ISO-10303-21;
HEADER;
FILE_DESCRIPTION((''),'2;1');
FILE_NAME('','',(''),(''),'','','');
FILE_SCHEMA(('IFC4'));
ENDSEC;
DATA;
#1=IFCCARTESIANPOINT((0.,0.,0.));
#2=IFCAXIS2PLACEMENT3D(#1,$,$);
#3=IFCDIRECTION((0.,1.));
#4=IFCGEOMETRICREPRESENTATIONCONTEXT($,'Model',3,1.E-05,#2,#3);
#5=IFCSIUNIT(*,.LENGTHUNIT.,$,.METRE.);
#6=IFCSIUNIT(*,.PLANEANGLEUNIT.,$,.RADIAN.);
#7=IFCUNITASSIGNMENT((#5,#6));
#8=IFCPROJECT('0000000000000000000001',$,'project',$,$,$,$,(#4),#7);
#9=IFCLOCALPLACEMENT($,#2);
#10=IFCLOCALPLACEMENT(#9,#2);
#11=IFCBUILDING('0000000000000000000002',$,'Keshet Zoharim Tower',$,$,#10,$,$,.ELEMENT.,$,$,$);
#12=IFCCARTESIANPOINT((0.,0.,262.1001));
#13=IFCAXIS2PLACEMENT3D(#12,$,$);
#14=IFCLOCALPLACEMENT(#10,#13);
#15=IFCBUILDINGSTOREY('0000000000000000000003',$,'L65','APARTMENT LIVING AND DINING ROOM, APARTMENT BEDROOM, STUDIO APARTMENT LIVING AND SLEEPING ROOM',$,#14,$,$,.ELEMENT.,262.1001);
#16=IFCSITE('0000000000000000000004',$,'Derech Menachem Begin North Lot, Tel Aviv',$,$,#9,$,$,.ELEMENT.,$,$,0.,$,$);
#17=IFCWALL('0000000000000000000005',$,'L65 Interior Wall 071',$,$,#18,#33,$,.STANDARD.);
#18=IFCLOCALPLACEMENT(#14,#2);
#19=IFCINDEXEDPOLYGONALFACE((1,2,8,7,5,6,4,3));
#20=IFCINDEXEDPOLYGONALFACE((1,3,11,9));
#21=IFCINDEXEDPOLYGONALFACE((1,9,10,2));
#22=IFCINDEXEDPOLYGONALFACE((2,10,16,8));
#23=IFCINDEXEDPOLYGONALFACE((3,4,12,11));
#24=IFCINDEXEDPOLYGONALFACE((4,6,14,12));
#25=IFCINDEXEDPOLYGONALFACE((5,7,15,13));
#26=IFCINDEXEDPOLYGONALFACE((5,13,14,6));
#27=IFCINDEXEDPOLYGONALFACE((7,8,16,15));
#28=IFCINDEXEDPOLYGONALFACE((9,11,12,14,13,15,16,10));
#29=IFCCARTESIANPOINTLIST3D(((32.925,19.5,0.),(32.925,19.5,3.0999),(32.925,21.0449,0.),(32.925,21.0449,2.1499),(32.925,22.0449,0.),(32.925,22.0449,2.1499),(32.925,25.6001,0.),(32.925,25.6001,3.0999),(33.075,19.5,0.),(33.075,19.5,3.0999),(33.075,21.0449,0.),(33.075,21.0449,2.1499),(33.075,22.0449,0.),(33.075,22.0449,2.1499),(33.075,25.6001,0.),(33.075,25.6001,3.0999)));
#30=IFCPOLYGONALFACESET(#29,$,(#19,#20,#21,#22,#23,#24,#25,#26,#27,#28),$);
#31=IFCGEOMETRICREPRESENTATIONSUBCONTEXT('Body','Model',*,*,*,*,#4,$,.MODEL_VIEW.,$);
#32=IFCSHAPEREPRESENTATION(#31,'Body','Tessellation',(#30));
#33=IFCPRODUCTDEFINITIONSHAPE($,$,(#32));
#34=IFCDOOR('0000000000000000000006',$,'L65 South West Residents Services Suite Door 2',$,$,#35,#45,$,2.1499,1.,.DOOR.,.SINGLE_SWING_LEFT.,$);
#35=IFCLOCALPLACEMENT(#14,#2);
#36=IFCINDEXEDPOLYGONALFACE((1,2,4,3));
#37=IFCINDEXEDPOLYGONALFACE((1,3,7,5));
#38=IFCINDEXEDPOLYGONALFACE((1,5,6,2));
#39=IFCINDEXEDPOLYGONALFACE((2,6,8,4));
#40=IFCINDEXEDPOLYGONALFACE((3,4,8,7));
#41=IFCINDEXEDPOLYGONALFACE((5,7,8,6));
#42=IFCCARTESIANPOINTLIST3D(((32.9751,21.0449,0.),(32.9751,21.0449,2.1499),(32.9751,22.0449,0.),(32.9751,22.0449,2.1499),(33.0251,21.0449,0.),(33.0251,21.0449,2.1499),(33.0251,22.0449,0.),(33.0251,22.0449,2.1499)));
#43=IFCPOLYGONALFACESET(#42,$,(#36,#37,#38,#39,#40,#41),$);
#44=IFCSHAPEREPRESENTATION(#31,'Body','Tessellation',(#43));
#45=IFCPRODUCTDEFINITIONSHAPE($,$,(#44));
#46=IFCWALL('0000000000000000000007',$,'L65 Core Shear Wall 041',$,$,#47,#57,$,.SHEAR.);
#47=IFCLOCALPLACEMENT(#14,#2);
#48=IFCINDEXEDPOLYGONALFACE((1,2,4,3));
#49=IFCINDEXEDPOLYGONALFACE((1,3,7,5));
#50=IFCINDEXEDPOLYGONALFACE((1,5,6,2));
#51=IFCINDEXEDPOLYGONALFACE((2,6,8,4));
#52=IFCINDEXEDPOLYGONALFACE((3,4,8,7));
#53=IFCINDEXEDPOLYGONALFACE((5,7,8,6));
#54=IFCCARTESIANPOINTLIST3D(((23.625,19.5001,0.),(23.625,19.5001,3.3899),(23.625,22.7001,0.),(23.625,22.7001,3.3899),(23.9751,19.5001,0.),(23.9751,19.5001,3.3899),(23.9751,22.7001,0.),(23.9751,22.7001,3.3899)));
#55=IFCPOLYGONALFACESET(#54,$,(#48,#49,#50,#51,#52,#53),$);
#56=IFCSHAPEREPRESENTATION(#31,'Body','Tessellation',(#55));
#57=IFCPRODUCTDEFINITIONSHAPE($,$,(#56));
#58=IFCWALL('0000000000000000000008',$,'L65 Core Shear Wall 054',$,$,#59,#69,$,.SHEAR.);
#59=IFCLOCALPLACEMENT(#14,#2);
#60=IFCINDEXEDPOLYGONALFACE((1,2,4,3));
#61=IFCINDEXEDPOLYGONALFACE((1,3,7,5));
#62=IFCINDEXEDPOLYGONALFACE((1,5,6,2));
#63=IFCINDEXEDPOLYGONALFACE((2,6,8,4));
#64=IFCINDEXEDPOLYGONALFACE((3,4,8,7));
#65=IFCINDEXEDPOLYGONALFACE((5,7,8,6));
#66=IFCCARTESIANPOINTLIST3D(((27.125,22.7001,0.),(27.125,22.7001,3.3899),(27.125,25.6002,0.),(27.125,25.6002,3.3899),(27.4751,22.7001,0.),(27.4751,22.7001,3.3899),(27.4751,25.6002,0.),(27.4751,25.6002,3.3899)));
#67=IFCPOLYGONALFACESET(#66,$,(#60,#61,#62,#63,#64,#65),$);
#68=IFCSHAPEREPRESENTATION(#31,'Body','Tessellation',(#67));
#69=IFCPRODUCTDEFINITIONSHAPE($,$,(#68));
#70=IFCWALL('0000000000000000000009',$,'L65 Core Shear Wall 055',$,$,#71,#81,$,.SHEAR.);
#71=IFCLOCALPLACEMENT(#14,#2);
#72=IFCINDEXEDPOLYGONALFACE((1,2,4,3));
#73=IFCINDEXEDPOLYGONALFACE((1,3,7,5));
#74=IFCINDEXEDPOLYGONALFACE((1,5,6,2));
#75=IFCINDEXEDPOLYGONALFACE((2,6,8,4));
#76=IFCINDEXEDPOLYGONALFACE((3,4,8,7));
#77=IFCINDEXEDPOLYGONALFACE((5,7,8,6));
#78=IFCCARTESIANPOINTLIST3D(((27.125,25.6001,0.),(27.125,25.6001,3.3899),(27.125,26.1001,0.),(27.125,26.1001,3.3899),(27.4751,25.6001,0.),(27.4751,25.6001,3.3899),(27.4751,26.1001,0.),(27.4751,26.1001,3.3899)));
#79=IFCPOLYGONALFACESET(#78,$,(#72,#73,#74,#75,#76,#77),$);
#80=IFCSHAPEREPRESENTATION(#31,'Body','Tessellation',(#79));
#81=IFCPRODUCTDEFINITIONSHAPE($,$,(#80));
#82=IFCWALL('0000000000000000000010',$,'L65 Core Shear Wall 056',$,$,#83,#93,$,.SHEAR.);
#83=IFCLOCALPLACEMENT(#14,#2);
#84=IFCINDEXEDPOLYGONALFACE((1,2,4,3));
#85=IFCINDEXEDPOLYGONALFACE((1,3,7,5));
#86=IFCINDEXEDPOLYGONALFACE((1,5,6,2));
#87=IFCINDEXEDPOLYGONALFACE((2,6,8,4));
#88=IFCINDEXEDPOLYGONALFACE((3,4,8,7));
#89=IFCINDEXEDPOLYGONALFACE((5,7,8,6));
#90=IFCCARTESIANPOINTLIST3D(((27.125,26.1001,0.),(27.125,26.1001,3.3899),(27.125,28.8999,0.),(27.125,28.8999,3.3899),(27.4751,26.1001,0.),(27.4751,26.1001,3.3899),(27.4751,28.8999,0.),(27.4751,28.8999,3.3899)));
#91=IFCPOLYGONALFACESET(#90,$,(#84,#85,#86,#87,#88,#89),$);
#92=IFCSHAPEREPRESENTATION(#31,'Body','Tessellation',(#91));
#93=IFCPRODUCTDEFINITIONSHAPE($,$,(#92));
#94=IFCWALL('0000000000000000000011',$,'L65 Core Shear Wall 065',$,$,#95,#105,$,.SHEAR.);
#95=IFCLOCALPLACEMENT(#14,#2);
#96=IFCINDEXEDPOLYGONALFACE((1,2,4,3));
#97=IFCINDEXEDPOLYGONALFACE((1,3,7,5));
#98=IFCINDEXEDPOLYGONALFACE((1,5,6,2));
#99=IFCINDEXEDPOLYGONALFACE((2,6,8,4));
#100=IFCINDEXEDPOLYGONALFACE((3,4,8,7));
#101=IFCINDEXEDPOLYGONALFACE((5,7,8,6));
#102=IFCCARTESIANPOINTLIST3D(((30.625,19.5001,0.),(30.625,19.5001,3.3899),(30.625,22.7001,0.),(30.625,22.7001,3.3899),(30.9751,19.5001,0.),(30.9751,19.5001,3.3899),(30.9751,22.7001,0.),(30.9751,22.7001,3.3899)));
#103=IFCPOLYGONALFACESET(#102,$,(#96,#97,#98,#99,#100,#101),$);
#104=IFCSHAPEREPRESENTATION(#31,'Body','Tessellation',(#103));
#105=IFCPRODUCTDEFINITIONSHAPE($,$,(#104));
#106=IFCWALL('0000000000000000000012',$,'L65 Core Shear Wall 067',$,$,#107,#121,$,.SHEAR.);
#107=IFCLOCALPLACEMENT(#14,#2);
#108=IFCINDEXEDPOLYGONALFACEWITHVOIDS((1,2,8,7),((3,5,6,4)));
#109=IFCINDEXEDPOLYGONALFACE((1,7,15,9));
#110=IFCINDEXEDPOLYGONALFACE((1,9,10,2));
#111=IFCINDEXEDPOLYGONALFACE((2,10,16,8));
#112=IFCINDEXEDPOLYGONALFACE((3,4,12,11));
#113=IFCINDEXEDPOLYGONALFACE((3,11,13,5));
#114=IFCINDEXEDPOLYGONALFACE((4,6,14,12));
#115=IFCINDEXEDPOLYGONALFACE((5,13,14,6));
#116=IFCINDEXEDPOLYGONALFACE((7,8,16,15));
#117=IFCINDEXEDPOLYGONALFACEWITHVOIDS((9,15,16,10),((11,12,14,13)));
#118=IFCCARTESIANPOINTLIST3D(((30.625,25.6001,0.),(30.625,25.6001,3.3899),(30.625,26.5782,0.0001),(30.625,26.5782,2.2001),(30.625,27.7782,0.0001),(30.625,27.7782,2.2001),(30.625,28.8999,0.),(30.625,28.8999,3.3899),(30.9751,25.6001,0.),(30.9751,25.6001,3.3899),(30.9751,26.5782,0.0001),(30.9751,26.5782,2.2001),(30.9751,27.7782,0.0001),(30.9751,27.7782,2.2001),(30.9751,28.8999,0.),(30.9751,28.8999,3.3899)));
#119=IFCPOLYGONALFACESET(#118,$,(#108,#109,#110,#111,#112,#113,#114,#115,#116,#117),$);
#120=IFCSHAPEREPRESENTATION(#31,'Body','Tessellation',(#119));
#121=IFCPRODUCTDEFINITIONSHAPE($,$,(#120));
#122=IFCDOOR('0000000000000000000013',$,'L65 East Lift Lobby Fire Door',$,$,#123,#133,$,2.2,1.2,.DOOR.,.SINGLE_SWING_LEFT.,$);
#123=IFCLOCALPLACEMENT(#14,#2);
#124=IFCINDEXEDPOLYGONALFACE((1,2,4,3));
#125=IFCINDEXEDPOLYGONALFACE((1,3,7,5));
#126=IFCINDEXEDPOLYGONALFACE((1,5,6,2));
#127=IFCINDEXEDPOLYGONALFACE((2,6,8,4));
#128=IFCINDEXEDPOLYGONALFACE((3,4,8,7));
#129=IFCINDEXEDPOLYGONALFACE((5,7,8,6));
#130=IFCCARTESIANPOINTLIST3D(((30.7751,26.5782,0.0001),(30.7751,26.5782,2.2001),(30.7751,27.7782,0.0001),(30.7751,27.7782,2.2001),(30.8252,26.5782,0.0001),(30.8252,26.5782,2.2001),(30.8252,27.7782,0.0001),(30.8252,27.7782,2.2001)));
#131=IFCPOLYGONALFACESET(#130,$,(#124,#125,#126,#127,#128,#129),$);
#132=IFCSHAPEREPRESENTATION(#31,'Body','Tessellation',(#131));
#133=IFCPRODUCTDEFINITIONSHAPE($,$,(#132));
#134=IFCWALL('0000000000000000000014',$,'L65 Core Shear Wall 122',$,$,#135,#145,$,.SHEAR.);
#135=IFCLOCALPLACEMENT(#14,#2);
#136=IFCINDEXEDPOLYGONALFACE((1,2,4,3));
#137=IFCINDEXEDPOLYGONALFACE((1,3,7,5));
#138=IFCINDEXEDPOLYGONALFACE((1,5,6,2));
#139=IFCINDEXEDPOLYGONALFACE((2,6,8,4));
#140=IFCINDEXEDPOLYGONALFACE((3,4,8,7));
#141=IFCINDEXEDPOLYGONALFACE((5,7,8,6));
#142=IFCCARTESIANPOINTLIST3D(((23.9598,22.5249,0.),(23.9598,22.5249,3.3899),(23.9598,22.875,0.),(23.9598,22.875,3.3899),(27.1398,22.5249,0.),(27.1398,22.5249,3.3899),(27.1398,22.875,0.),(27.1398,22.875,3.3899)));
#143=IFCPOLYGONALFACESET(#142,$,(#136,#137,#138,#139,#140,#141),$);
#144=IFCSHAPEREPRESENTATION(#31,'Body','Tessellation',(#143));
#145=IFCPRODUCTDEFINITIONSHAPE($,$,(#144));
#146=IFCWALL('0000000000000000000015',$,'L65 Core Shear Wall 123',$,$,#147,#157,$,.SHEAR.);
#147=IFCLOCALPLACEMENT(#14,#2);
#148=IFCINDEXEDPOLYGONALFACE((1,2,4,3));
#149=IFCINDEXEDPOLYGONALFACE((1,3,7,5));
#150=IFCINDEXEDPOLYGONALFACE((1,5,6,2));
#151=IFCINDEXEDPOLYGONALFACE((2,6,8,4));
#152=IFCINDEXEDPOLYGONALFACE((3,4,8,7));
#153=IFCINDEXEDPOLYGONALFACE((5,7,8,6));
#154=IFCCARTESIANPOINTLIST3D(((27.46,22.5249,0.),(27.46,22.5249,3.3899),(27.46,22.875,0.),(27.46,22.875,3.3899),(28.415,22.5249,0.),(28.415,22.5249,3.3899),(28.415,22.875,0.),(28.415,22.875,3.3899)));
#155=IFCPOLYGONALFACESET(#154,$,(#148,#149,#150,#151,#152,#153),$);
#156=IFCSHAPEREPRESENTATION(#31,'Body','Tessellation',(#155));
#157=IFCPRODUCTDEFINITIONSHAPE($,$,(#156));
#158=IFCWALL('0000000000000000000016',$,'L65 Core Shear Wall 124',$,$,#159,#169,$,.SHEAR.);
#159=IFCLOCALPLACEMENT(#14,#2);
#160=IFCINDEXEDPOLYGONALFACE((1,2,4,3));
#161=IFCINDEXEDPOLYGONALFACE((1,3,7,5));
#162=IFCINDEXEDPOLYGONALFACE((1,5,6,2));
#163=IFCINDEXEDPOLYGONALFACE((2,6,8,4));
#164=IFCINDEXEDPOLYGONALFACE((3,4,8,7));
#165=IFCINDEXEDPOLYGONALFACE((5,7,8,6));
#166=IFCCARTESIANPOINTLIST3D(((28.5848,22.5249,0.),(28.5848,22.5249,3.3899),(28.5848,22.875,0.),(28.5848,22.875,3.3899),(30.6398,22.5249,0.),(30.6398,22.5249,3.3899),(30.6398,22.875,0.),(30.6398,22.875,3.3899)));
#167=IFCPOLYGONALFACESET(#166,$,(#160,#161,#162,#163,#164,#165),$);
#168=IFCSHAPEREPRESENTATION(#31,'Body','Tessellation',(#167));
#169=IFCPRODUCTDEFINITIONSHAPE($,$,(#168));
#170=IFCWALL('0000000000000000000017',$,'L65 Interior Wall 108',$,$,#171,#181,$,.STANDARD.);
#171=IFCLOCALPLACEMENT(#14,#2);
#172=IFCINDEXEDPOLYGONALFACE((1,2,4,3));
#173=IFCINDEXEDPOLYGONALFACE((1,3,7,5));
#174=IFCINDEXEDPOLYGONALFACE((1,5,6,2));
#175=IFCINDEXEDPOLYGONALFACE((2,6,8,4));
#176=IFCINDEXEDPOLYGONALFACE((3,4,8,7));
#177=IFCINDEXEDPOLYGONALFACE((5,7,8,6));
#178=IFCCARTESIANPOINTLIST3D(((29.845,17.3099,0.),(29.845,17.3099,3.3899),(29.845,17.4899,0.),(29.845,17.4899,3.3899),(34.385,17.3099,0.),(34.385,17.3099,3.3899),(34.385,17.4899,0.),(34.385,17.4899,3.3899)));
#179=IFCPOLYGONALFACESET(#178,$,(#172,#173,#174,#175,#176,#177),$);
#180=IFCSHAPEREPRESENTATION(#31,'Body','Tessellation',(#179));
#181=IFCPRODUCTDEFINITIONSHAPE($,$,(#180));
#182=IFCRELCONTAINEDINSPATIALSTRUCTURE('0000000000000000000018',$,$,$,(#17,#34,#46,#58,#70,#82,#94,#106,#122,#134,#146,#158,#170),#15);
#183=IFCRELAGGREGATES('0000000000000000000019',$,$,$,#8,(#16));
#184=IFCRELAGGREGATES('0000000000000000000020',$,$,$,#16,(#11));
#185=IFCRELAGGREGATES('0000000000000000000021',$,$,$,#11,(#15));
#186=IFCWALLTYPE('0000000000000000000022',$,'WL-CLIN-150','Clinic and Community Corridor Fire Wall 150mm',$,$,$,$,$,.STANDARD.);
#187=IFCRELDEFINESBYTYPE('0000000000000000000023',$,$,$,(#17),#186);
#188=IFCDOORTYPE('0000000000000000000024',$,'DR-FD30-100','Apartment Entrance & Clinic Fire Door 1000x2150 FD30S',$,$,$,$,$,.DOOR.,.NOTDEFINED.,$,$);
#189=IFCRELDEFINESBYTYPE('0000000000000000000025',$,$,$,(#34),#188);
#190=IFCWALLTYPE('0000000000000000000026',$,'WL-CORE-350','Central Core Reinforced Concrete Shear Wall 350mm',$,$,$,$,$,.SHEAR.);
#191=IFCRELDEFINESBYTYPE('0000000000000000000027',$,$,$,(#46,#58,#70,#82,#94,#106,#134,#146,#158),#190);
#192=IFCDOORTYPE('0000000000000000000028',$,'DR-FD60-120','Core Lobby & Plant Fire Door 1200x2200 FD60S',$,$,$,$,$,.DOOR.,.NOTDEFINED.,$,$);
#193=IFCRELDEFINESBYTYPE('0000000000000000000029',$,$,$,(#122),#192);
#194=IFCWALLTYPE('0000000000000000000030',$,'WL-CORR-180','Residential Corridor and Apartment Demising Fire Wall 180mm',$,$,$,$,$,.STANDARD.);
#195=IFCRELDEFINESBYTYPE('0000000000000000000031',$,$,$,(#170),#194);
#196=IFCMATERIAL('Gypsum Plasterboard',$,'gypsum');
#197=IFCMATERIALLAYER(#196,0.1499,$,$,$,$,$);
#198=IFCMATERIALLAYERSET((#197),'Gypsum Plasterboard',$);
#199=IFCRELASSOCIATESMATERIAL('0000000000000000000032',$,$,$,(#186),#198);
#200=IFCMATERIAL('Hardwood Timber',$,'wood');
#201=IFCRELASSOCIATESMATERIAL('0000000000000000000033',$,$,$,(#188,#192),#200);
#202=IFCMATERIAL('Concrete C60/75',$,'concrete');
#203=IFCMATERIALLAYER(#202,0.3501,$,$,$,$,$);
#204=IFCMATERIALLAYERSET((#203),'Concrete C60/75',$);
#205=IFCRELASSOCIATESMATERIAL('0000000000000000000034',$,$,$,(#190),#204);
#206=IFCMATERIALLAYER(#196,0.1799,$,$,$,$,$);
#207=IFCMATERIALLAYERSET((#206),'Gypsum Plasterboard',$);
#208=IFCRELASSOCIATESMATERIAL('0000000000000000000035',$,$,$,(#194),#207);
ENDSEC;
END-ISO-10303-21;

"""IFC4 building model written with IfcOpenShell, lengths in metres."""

from ifc_helpers import new_model, si_unit, direction, frame, frame_2d, origin, place, context, subcontext, project, spatial, rectangle, extrude, material, layer, layer_set, type_object, element, fill, save


model = new_model("IFC4")

# Units and contexts
model_context = context("Model", 3, precision=1e-05, world=origin(), true_north=direction((0.0, 1.0)))
body_context = subcontext(model_context, "Body", "Model", "MODEL_VIEW")
ifc_project = project(units=[si_unit("LENGTHUNIT", "METRE"), si_unit("PLANEANGLEUNIT", "RADIAN")], contexts=[model_context])

# Site, building, storey
site_placement = place(None, origin())
site = spatial("IfcSite", under=ifc_project, at=site_placement, Name="Derech Menachem Begin North Lot, Tel Aviv", CompositionType="ELEMENT", RefElevation=0.0)
building_placement = place(site_placement, origin())
building = spatial("IfcBuilding", under=site, at=building_placement, Name="Keshet Zoharim Tower", CompositionType="ELEMENT")
storey_placement = place(building_placement, frame((0.0, 0.0, 262.1001)))
storey = spatial("IfcBuildingStorey", under=building, at=storey_placement, Name="L65", Description="APARTMENT LIVING AND DINING ROOM, APARTMENT BEDROOM, STUDIO APARTMENT LIVING AND SLEEPING ROOM", CompositionType="ELEMENT", Elevation=262.1001)

# Shared definitions
ifc_material_1 = material(Name="Gypsum Plasterboard", Category="gypsum")
ifc_layer_1 = layer(ifc_material_1, 0.1499)
ifc_layer_set_1 = layer_set([ifc_layer_1], Name="Gypsum Plasterboard")
wall_type_1 = type_object("IfcWallType", Name="WL-CLIN-150", Description="Clinic and Community Corridor Fire Wall 150mm", PredefinedType="STANDARD", material=ifc_layer_set_1)

# Wall, opening, door
wall_1_placement = place(storey_placement, frame((33.0, 19.5, 0.0), z_axis=(0.0, 0.0, 1.0), x_axis=(0.0, 1.0, 0.0)))
wall_1 = element("IfcWall", 1, at=wall_1_placement, inside=storey, type_object=wall_type_1, Name="L65 Interior Wall 071", PredefinedType="STANDARD", context=body_context, shape_type="SweptSolid", body=[
    extrude(rectangle(XDim=6.1001, YDim=0.1499, at=frame_2d((3.05, 0.0))), origin(), (0.0, 0.0, 1.0), 3.0999),
])
opening_1_placement = place(wall_1_placement, frame((1.5449, 0.0, 0.0)))
opening_1 = element("IfcOpeningElement", 2, at=opening_1_placement, cuts=wall_1, PredefinedType="OPENING", context=body_context, shape_type="SweptSolid", body=[
    extrude(rectangle(XDim=1.0, YDim=2.1499, at=frame_2d((0.5, 1.075))), frame((0.0, 0.085, 0.0), z_axis=(0.0, -1.0, 0.0), x_axis=(1.0, 0.0, 0.0)), (0.0, 0.0, 1.0), 0.1699),
])
ifc_material_2 = material(Name="Hardwood Timber", Category="wood")
door_type_1 = type_object("IfcDoorType", Name="DR-FD30-100", Description="Apartment Entrance & Clinic Fire Door 1000x2150 FD30S", OperationType="NOTDEFINED", PredefinedType="DOOR", material=ifc_material_2)
door_1_placement = place(opening_1_placement, origin())
door_1 = element("IfcDoor", 3, at=door_1_placement, inside=storey, type_object=door_type_1, Name="L65 South West Residents Services Suite Door 2", OperationType="SINGLE_SWING_LEFT", OverallHeight=2.1499, OverallWidth=1.0, PredefinedType="DOOR", context=body_context, shape_type="SweptSolid", body=[
    extrude(rectangle(XDim=1.0, YDim=2.1499, at=frame_2d((0.5, 1.075))), frame((0.0, 0.0249, 0.0), z_axis=(0.0, -1.0, 0.0), x_axis=(1.0, 0.0, 0.0)), (0.0, 0.0, 1.0), 0.05),
])
fill(opening_1, door_1)

# Wall
ifc_material_3 = material(Name="Concrete C60/75", Category="concrete")
ifc_layer_2 = layer(ifc_material_3, 0.3501)
ifc_layer_set_2 = layer_set([ifc_layer_2], Name="Concrete C60/75")
wall_type_2 = type_object("IfcWallType", Name="WL-CORE-350", Description="Central Core Reinforced Concrete Shear Wall 350mm", PredefinedType="SHEAR", material=ifc_layer_set_2)
wall_2_placement = place(storey_placement, frame((23.8, 19.5, 0.0), z_axis=(0.0, 0.0, 1.0), x_axis=(0.0, 1.0, 0.0)))
element("IfcWall", 4, at=wall_2_placement, inside=storey, type_object=wall_type_2, Name="L65 Core Shear Wall 041", PredefinedType="SHEAR", context=body_context, shape_type="SweptSolid", body=[
    extrude(rectangle(XDim=3.2, YDim=0.3501, at=frame_2d((1.6001, 0.0))), origin(), (0.0, 0.0, 1.0), 3.3899),
])

# Walls
wall_3_placement = place(storey_placement, frame((27.3, 22.7, 0.0), z_axis=(0.0, 0.0, 1.0), x_axis=(0.0, 1.0, 0.0)))
element("IfcWall", 5, at=wall_3_placement, inside=storey, type_object=wall_type_2, Name="L65 Core Shear Wall 054", PredefinedType="SHEAR", context=body_context, shape_type="SweptSolid", body=[
    extrude(rectangle(XDim=2.9001, YDim=0.3501, at=frame_2d((1.4502, 0.0))), origin(), (0.0, 0.0, 1.0), 3.3899),
])
wall_4_placement = place(storey_placement, frame((27.3, 25.6001, 0.0), z_axis=(0.0, 0.0, 1.0), x_axis=(0.0, 1.0, 0.0)))
element("IfcWall", 6, at=wall_4_placement, inside=storey, type_object=wall_type_2, Name="L65 Core Shear Wall 055", PredefinedType="SHEAR", context=body_context, shape_type="SweptSolid", body=[
    extrude(rectangle(XDim=0.5, YDim=0.3501, at=frame_2d((0.25, 0.0))), origin(), (0.0, 0.0, 1.0), 3.3899),
])
wall_5_placement = place(storey_placement, frame((27.3, 26.1001, 0.0), z_axis=(0.0, 0.0, 1.0), x_axis=(0.0, 1.0, 0.0)))
element("IfcWall", 7, at=wall_5_placement, inside=storey, type_object=wall_type_2, Name="L65 Core Shear Wall 056", PredefinedType="SHEAR", context=body_context, shape_type="SweptSolid", body=[
    extrude(rectangle(XDim=2.7998, YDim=0.3501, at=frame_2d((1.3999, 0.0))), origin(), (0.0, 0.0, 1.0), 3.3899),
])
wall_6_placement = place(storey_placement, frame((30.8, 19.5, 0.0), z_axis=(0.0, 0.0, 1.0), x_axis=(0.0, 1.0, 0.0)))
element("IfcWall", 8, at=wall_6_placement, inside=storey, type_object=wall_type_2, Name="L65 Core Shear Wall 065", PredefinedType="SHEAR", context=body_context, shape_type="SweptSolid", body=[
    extrude(rectangle(XDim=3.2, YDim=0.3501, at=frame_2d((1.6001, 0.0))), origin(), (0.0, 0.0, 1.0), 3.3899),
])

# Wall, opening, door
wall_7_placement = place(storey_placement, frame((30.8, 25.6001, 0.0), z_axis=(0.0, 0.0, 1.0), x_axis=(0.0, 1.0, 0.0)))
wall_7 = element("IfcWall", 9, at=wall_7_placement, inside=storey, type_object=wall_type_2, Name="L65 Core Shear Wall 067", PredefinedType="SHEAR", context=body_context, shape_type="SweptSolid", body=[
    extrude(rectangle(XDim=3.2998, YDim=0.3501, at=frame_2d((1.6499, 0.0))), origin(), (0.0, 0.0, 1.0), 3.3899),
])
opening_2_placement = place(wall_7_placement, frame((0.978, 0.0, 0.0)))
opening_2 = element("IfcOpeningElement", 10, at=opening_2_placement, cuts=wall_7, PredefinedType="OPENING", context=body_context, shape_type="SweptSolid", body=[
    extrude(rectangle(XDim=1.2, YDim=2.2, at=frame_2d((0.6001, 1.1001))), frame((0.0, 0.1851, 0.0), z_axis=(0.0, -1.0, 0.0), x_axis=(1.0, 0.0, 0.0)), (0.0, 0.0, 1.0), 0.3701),
])
door_type_2 = type_object("IfcDoorType", Name="DR-FD60-120", Description="Core Lobby & Plant Fire Door 1200x2200 FD60S", OperationType="NOTDEFINED", PredefinedType="DOOR", material=ifc_material_2)
door_2_placement = place(opening_2_placement, origin())
door_2 = element("IfcDoor", 11, at=door_2_placement, inside=storey, type_object=door_type_2, Name="L65 East Lift Lobby Fire Door", OperationType="SINGLE_SWING_LEFT", OverallHeight=2.2, OverallWidth=1.2, PredefinedType="DOOR", context=body_context, shape_type="SweptSolid", body=[
    extrude(rectangle(XDim=1.2, YDim=2.2, at=frame_2d((0.6001, 1.1001))), frame((0.0, 0.0249, 0.0), z_axis=(0.0, -1.0, 0.0), x_axis=(1.0, 0.0, 0.0)), (0.0, 0.0, 1.0), 0.05),
])
fill(opening_2, door_2)

# Walls
wall_8_placement = place(storey_placement, frame((23.96, 22.7, 0.0), z_axis=(0.0, 0.0, 1.0), x_axis=(1.0, 0.0, 0.0)))
element("IfcWall", 12, at=wall_8_placement, inside=storey, type_object=wall_type_2, Name="L65 Core Shear Wall 122", PredefinedType="SHEAR", context=body_context, shape_type="SweptSolid", body=[
    extrude(rectangle(XDim=3.1799, YDim=0.3501, at=frame_2d((1.5898, 0.0))), origin(), (0.0, 0.0, 1.0), 3.3899),
])
wall_9_placement = place(storey_placement, frame((27.46, 22.7, 0.0), z_axis=(0.0, 0.0, 1.0), x_axis=(1.0, 0.0, 0.0)))
element("IfcWall", 13, at=wall_9_placement, inside=storey, type_object=wall_type_2, Name="L65 Core Shear Wall 123", PredefinedType="SHEAR", context=body_context, shape_type="SweptSolid", body=[
    extrude(rectangle(XDim=0.9551, YDim=0.3501, at=frame_2d((0.4775, 0.0))), origin(), (0.0, 0.0, 1.0), 3.3899),
])
wall_10_placement = place(storey_placement, frame((28.585, 22.7, 0.0), z_axis=(0.0, 0.0, 1.0), x_axis=(1.0, 0.0, 0.0)))
element("IfcWall", 14, at=wall_10_placement, inside=storey, type_object=wall_type_2, Name="L65 Core Shear Wall 124", PredefinedType="SHEAR", context=body_context, shape_type="SweptSolid", body=[
    extrude(rectangle(XDim=2.0549, YDim=0.3501, at=frame_2d((1.0273, 0.0))), origin(), (0.0, 0.0, 1.0), 3.3899),
])

# Wall
ifc_layer_3 = layer(ifc_material_1, 0.1799)
ifc_layer_set_3 = layer_set([ifc_layer_3], Name="Gypsum Plasterboard")
wall_type_3 = type_object("IfcWallType", Name="WL-CORR-180", Description="Residential Corridor and Apartment Demising Fire Wall 180mm", PredefinedType="STANDARD", material=ifc_layer_set_3)
wall_11_placement = place(storey_placement, frame((29.845, 17.3999, 0.0), z_axis=(0.0, 0.0, 1.0), x_axis=(1.0, 0.0, 0.0)))
element("IfcWall", 15, at=wall_11_placement, inside=storey, type_object=wall_type_3, Name="L65 Interior Wall 108", PredefinedType="STANDARD", context=body_context, shape_type="SweptSolid", body=[
    extrude(rectangle(XDim=4.54, YDim=0.1799, at=frame_2d((2.27, 0.0))), origin(), (0.0, 0.0, 1.0), 3.3899),
])

save(model, "model.ifc")
